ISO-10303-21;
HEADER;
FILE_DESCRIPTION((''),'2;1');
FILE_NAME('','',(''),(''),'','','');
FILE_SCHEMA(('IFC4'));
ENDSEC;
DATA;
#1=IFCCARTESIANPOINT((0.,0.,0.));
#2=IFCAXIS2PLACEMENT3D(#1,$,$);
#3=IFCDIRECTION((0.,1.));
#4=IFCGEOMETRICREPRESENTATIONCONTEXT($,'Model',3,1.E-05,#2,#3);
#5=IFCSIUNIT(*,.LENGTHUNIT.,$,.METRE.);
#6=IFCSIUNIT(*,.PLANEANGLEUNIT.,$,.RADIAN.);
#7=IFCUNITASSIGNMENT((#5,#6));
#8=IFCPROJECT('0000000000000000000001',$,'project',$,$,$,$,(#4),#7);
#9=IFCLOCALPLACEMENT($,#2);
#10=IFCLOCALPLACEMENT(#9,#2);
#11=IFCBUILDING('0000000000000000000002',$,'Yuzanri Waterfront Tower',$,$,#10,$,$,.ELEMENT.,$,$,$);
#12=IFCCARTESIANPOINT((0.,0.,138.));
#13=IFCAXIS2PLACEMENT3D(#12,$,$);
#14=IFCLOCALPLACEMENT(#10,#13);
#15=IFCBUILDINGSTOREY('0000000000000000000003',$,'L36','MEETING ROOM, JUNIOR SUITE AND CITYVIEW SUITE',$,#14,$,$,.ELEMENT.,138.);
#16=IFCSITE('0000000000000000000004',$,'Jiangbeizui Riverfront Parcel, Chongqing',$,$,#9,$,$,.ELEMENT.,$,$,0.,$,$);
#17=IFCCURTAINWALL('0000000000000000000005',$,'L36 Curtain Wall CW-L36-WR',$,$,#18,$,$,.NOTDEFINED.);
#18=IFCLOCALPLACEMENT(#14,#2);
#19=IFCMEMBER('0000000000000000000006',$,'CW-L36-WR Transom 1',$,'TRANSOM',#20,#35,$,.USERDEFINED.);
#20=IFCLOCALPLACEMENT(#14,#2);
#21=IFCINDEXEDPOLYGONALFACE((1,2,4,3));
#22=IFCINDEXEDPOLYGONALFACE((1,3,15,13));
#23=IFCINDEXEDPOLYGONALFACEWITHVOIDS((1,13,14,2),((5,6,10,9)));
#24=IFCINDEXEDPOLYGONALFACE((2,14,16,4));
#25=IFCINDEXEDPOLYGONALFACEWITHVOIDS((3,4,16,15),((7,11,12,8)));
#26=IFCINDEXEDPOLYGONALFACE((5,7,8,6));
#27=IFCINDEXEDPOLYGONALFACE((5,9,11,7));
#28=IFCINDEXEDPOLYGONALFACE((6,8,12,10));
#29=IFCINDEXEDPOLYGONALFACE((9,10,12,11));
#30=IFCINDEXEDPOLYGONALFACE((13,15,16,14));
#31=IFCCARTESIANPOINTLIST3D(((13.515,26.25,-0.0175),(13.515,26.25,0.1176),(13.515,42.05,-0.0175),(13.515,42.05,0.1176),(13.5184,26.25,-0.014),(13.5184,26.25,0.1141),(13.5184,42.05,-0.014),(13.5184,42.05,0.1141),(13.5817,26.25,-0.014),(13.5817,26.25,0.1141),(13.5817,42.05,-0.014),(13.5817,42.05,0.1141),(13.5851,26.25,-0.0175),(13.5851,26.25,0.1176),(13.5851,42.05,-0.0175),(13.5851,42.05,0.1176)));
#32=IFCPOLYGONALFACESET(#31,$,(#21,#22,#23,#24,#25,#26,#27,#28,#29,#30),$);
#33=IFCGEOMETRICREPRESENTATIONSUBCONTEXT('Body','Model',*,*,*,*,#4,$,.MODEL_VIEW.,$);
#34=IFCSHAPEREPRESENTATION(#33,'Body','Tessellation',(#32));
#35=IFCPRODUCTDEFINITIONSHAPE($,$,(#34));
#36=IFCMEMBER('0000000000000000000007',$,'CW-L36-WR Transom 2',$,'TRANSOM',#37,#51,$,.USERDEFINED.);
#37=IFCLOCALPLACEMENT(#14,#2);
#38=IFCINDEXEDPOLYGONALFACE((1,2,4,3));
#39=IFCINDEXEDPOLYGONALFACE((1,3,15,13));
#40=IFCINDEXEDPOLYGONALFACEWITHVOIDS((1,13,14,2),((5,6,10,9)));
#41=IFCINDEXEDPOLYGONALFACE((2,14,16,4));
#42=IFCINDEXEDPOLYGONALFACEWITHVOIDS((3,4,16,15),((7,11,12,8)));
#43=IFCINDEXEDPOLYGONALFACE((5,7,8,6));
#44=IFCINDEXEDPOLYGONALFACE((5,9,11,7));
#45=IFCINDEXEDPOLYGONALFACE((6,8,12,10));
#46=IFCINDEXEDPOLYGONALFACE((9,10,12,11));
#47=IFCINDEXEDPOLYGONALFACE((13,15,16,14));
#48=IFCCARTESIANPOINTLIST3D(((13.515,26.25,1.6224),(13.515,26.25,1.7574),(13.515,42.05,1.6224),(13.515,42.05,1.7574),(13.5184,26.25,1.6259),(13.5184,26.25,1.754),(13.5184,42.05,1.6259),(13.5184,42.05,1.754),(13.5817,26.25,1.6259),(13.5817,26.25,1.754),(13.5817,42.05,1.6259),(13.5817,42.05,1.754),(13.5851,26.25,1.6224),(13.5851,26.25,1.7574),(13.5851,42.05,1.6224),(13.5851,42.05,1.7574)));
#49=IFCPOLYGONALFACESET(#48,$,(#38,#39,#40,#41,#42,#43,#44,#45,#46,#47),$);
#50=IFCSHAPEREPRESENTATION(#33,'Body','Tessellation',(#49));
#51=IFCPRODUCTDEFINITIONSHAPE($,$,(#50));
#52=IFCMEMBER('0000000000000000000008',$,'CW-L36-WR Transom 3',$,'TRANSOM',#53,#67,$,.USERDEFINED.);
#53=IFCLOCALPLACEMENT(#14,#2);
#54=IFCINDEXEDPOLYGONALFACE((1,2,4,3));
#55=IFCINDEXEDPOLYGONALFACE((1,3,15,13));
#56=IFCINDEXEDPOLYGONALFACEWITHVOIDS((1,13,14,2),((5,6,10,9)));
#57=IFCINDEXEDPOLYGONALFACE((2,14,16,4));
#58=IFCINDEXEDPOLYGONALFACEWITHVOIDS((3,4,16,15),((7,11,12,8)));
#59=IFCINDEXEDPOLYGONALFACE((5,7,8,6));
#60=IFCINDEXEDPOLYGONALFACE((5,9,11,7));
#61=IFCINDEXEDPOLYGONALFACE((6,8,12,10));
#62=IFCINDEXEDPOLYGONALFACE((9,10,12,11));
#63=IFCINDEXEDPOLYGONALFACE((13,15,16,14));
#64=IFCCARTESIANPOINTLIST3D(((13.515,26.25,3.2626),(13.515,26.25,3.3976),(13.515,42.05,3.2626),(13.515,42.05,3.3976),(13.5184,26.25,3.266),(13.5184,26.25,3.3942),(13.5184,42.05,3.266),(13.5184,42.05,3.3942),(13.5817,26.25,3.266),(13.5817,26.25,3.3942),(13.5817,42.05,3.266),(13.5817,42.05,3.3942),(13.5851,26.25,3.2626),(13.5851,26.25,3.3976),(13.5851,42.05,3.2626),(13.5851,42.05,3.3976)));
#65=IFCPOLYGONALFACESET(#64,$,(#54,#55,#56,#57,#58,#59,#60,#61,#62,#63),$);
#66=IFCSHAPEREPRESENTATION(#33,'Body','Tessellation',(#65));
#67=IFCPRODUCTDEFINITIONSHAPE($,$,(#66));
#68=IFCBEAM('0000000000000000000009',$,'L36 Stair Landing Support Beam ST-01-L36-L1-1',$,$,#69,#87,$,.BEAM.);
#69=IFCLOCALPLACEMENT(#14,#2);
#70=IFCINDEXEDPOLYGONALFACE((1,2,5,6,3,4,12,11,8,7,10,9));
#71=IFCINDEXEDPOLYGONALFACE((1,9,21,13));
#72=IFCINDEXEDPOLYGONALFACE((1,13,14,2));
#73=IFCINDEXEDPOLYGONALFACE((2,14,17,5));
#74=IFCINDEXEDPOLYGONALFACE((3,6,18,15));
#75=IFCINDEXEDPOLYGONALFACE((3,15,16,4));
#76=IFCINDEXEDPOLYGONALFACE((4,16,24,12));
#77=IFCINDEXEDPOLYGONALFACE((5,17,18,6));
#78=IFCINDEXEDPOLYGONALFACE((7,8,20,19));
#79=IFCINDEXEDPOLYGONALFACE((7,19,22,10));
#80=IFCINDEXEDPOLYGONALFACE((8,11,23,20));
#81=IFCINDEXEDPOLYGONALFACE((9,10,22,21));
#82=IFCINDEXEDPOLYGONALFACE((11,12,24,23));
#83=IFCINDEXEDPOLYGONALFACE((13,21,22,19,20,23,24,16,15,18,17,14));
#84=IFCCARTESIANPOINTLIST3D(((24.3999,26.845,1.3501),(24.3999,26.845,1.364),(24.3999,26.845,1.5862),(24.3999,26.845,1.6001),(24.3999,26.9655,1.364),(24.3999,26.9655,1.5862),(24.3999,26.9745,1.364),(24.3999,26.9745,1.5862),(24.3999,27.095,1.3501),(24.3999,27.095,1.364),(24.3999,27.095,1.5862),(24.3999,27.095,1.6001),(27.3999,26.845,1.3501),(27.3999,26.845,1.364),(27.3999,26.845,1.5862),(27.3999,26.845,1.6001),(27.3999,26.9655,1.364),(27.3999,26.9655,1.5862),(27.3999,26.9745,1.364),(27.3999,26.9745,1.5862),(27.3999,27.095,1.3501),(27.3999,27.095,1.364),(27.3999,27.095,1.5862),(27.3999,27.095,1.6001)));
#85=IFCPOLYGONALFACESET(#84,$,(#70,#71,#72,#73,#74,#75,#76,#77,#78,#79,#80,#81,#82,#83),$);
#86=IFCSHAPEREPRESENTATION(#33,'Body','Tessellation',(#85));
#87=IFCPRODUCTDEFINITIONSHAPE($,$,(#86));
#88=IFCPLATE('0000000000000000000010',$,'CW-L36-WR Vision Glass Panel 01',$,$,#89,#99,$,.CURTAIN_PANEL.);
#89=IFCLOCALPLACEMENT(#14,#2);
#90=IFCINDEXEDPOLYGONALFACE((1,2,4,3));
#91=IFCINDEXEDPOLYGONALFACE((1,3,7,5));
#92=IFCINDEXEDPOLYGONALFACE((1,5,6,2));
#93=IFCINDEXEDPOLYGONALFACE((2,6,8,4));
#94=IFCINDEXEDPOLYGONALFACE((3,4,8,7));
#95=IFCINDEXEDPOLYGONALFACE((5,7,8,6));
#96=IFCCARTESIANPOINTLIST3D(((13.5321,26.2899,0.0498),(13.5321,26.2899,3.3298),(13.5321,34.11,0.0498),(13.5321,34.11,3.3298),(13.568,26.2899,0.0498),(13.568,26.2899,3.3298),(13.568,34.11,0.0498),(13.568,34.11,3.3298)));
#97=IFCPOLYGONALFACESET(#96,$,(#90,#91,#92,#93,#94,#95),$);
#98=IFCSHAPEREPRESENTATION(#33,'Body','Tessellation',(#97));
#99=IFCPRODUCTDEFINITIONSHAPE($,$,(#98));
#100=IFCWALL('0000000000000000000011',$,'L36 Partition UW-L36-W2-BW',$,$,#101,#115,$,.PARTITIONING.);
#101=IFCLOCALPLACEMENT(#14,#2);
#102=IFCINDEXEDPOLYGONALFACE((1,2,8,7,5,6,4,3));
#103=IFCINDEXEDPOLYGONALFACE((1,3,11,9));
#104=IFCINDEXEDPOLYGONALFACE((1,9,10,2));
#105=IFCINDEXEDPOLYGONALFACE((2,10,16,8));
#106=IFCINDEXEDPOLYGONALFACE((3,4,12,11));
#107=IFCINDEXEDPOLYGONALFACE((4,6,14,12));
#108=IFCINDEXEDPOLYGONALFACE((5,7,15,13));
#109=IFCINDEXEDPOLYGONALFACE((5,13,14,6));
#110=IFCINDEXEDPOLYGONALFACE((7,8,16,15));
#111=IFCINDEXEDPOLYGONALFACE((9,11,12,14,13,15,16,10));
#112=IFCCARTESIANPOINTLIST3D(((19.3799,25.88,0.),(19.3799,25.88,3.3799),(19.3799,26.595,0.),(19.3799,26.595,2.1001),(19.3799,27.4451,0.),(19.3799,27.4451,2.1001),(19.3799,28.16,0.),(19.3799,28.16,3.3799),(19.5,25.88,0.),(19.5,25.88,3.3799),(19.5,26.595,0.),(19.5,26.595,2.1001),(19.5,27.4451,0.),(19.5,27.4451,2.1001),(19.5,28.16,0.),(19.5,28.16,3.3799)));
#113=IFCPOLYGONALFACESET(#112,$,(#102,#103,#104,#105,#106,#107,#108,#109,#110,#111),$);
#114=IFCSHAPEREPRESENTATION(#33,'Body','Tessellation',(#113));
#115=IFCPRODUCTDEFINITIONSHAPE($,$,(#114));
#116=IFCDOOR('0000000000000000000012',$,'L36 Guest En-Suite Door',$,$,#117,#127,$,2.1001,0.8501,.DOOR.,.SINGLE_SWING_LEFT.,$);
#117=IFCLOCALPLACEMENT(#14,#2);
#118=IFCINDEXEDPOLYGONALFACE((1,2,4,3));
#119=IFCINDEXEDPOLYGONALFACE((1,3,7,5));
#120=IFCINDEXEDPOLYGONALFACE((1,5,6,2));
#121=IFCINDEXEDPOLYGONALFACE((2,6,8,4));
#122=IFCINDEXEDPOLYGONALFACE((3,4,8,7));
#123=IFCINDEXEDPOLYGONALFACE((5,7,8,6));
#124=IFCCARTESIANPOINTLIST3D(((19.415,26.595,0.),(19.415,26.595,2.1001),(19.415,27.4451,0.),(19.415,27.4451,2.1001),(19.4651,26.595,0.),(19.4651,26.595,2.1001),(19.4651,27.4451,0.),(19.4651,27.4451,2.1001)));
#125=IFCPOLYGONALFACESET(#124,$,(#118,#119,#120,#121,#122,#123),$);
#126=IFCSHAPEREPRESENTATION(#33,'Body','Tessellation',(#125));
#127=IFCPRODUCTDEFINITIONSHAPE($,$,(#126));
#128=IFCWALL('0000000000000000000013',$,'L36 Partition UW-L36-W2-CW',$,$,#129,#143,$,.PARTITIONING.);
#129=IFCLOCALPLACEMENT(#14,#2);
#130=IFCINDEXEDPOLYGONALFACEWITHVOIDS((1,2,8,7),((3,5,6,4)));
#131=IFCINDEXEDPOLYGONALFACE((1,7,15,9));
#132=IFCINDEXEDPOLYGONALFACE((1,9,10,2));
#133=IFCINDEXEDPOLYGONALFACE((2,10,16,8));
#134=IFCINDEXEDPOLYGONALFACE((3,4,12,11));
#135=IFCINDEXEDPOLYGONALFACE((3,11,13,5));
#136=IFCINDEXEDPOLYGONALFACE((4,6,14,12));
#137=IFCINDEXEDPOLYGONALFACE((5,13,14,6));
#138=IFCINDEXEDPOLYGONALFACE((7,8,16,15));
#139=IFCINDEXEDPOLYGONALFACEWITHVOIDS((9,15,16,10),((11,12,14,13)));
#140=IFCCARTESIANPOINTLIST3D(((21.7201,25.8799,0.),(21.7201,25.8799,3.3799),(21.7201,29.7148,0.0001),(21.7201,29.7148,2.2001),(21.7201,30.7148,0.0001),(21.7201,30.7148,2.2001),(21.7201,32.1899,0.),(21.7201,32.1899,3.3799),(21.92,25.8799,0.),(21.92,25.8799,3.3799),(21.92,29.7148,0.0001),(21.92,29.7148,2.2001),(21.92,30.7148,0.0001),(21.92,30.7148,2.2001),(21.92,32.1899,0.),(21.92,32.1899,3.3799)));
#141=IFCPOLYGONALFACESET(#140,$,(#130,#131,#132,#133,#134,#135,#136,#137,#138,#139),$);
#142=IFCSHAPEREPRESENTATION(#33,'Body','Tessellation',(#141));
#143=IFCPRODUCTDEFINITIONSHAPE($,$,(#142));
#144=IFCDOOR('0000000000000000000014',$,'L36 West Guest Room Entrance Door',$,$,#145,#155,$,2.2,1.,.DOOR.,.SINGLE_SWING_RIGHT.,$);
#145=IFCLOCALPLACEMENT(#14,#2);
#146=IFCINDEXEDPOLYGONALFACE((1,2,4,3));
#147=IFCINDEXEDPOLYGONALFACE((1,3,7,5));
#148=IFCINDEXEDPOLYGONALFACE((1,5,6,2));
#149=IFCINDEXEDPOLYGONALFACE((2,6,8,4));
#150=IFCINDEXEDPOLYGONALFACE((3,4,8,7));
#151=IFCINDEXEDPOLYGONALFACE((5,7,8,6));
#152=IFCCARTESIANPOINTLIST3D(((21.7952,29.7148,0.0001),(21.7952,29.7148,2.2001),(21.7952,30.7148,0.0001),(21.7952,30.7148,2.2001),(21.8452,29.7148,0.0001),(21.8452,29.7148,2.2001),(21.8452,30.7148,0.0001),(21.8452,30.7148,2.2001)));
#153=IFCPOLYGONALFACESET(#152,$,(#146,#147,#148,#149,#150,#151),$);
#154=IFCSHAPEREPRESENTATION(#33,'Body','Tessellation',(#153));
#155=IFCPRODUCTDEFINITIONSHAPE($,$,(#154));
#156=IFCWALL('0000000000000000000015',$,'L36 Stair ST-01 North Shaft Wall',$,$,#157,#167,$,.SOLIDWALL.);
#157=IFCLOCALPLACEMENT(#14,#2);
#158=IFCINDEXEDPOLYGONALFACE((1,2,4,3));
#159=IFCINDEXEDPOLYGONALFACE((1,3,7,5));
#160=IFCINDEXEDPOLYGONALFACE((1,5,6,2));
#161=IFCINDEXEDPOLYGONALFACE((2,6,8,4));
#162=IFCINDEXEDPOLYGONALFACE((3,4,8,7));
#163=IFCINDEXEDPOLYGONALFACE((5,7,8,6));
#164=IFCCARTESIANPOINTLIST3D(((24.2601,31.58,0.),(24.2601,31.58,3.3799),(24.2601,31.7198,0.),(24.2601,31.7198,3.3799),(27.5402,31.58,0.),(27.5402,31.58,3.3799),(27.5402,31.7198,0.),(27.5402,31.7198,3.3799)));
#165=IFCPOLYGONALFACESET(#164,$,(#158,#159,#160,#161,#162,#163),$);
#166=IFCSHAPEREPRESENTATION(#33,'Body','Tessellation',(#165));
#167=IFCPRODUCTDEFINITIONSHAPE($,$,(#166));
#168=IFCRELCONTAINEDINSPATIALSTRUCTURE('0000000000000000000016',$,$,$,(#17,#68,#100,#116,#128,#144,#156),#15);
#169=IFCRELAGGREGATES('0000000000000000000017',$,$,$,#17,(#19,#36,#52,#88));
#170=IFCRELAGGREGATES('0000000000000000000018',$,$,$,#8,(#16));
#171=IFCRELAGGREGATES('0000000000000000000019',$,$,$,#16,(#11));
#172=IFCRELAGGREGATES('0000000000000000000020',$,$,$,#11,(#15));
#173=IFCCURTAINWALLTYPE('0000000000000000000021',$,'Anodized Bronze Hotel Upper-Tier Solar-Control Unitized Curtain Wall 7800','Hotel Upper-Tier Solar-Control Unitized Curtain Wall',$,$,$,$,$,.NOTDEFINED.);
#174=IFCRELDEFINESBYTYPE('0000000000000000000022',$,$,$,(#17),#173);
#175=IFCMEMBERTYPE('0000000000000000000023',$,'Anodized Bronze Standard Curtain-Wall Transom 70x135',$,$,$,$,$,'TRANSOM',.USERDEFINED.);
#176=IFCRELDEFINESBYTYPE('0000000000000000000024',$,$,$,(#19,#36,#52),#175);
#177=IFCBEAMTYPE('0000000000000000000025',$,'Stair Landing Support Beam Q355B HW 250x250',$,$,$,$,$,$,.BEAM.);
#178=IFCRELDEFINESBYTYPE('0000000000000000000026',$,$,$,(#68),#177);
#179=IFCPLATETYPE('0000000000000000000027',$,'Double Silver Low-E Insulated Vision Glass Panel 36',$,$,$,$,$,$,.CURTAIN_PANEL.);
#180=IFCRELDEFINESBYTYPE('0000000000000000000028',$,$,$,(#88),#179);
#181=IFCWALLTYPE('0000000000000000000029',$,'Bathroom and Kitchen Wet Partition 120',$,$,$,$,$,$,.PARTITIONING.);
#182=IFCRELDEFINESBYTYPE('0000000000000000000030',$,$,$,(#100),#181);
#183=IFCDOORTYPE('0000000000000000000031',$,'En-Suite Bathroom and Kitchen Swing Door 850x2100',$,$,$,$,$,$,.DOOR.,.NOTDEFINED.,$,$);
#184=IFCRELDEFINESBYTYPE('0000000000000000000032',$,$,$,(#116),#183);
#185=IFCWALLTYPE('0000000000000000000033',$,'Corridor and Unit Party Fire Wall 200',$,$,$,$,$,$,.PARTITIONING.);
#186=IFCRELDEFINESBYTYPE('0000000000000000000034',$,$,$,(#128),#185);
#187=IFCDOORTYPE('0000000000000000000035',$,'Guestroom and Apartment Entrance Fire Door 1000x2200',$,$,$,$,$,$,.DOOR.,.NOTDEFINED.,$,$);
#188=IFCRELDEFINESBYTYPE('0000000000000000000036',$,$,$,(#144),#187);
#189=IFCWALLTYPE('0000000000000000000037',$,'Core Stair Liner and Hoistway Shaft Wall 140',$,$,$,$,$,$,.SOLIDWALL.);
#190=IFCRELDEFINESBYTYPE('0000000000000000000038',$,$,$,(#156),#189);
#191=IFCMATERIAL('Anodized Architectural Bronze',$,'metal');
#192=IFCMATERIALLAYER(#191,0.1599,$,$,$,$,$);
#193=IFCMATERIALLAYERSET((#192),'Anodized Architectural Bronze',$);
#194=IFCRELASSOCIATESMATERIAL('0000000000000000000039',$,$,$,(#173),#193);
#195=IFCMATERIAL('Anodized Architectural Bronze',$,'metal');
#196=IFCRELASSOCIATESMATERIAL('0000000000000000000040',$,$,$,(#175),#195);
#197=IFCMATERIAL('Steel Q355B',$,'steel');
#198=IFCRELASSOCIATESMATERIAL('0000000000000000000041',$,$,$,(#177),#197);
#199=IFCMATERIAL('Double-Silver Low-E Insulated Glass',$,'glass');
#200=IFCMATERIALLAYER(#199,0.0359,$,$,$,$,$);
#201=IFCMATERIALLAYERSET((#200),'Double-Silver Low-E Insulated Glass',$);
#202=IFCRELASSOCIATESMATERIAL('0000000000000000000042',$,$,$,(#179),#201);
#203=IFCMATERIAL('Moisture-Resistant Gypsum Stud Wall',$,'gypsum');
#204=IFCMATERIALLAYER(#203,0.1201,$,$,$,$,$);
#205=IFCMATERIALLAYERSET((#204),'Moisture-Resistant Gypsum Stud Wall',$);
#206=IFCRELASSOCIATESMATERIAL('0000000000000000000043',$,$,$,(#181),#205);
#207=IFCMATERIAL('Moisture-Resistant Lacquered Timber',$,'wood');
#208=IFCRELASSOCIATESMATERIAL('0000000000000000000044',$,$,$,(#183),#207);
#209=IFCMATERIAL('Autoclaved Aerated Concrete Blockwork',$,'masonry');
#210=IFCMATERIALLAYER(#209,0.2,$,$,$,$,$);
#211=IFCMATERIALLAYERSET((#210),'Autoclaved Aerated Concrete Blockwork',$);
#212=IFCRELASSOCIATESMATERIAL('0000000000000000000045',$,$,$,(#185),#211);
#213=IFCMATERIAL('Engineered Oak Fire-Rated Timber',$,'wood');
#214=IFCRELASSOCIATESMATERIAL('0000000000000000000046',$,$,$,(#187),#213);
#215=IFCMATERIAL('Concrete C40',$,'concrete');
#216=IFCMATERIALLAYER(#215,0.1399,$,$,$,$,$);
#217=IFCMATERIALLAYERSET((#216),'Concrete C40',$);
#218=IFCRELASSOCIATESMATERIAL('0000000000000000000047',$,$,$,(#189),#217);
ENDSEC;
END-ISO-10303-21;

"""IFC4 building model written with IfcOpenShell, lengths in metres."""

from ifc_helpers import new_model, si_unit, direction, frame, frame_2d, origin, origin_2d, place, context, subcontext, project, spatial, rectangle, hollow_rectangle, i_section, extrude, source, transform, mapped, material, layer, layer_set, material_profile, profile_set, type_object, element, fill, aggregate, save


model = new_model("IFC4")

# Units and contexts
model_context = context("Model", 3, precision=1e-05, world=origin(), true_north=direction((0.0, 1.0)))
body_context = subcontext(model_context, "Body", "Model", "MODEL_VIEW")
ifc_project = project(units=[si_unit("LENGTHUNIT", "METRE"), si_unit("PLANEANGLEUNIT", "RADIAN")], contexts=[model_context])

# Site, building, storey
site_placement = place(None, origin())
site = spatial("IfcSite", under=ifc_project, at=site_placement, Name="Jiangbeizui Riverfront Parcel, Chongqing", CompositionType="ELEMENT", RefElevation=0.0)
building_placement = place(site_placement, origin())
building = spatial("IfcBuilding", under=site, at=building_placement, Name="Yuzanri Waterfront Tower", CompositionType="ELEMENT")
storey_placement = place(building_placement, frame((0.0, 0.0, 138.0)))
storey = spatial("IfcBuildingStorey", under=building, at=storey_placement, Name="L36", Description="MEETING ROOM, JUNIOR SUITE AND CITYVIEW SUITE", CompositionType="ELEMENT", Elevation=138.0)

# Curtain wall, members
ifc_material_1 = material(Name="Anodized Architectural Bronze", Category="metal")
ifc_layer_1 = layer(ifc_material_1, 0.1599)
ifc_layer_set_1 = layer_set([ifc_layer_1], Name="Anodized Architectural Bronze")
curtain_wall_type = type_object("IfcCurtainWallType", Name="Anodized Bronze Hotel Upper-Tier Solar-Control Unitized Curtain Wall 7800", Description="Hotel Upper-Tier Solar-Control Unitized Curtain Wall", PredefinedType="NOTDEFINED", material=ifc_layer_set_1)
curtain_wall_1_placement = place(storey_placement, origin())
curtain_wall_1 = element("IfcCurtainWall", 1, at=curtain_wall_1_placement, inside=storey, type_object=curtain_wall_type, Name="L36 Curtain Wall CW-L36-WR", PredefinedType="NOTDEFINED")
ifc_material_2 = material(Name="Anodized Architectural Bronze", Category="metal")
ifc_material_profile_1 = material_profile(ifc_material_2, hollow_rectangle(XDim=0.0701, YDim=0.135, WallThickness=0.0034, at=origin_2d()), Name="CWT 70x135")
ifc_profile_set_1 = profile_set([ifc_material_profile_1], Name="Anodized Architectural Bronze")
member_type_1 = type_object("IfcMemberType", Name="Anodized Bronze Standard Curtain-Wall Transom 70x135", ElementType="TRANSOM", PredefinedType="USERDEFINED", material=ifc_profile_set_1)
shared_shape_1 = source(origin(), body_context, "Body", "SweptSolid", [
    extrude(hollow_rectangle(XDim=0.0701, YDim=0.135, WallThickness=0.0034, at=origin_2d()), origin(), (0.0, 0.0, 1.0), 15.8),
])
member_1_placement = place(storey_placement, frame((13.55, 26.25, 0.05), z_axis=(0.0, 1.0, 0.0), x_axis=(-1.0, 0.0, 0.0)))
member_1 = element("IfcMember", 2, at=member_1_placement, type_object=member_type_1, Name="CW-L36-WR Transom 1", ObjectType="TRANSOM", PredefinedType="USERDEFINED", context=body_context, shape_type="MappedRepresentation", body=[
    mapped(shared_shape_1, transform((0.0, 0.0, 0.0), scale=1.0)),
])
member_2_placement = place(storey_placement, frame((13.55, 26.25, 1.6899), z_axis=(0.0, 1.0, 0.0), x_axis=(-1.0, 0.0, 0.0)))
member_2 = element("IfcMember", 3, at=member_2_placement, type_object=member_type_1, Name="CW-L36-WR Transom 2", ObjectType="TRANSOM", PredefinedType="USERDEFINED", context=body_context, shape_type="MappedRepresentation", body=[
    mapped(shared_shape_1, transform((0.0, 0.0, 0.0), scale=1.0)),
])
member_3_placement = place(storey_placement, frame((13.55, 26.25, 3.3301), z_axis=(0.0, 1.0, 0.0), x_axis=(-1.0, 0.0, 0.0)))
member_3 = element("IfcMember", 4, at=member_3_placement, type_object=member_type_1, Name="CW-L36-WR Transom 3", ObjectType="TRANSOM", PredefinedType="USERDEFINED", context=body_context, shape_type="MappedRepresentation", body=[
    mapped(shared_shape_1, transform((0.0, 0.0, 0.0), scale=1.0)),
])

# Beam
ifc_material_3 = material(Name="Steel Q355B", Category="steel")
ifc_material_profile_2 = material_profile(ifc_material_3, i_section(OverallWidth=0.25, OverallDepth=0.25, WebThickness=0.009, FlangeThickness=0.0139, at=origin_2d()), Name="HW 250x250x9x14")
ifc_profile_set_2 = profile_set([ifc_material_profile_2], Name="Steel Q355B")
beam_type_1 = type_object("IfcBeamType", Name="Stair Landing Support Beam Q355B HW 250x250", PredefinedType="BEAM", material=ifc_profile_set_2)
shared_shape_2 = source(origin(), body_context, "Body", "SweptSolid", [
    extrude(i_section(OverallWidth=0.25, OverallDepth=0.25, WebThickness=0.009, FlangeThickness=0.0139, at=origin_2d()), origin(), (0.0, 0.0, 1.0), 3.0),
])
beam_1_placement = place(storey_placement, frame((24.3999, 26.97, 1.4751), z_axis=(1.0, 0.0, 0.0), x_axis=(0.0, 1.0, 0.0)))
element("IfcBeam", 5, at=beam_1_placement, inside=storey, type_object=beam_type_1, Name="L36 Stair Landing Support Beam ST-01-L36-L1-1", PredefinedType="BEAM", context=body_context, shape_type="MappedRepresentation", body=[
    mapped(shared_shape_2, transform((0.0, 0.0, 0.0), scale=1.0)),
])

# Plate
ifc_material_4 = material(Name="Double-Silver Low-E Insulated Glass", Category="glass")
ifc_layer_2 = layer(ifc_material_4, 0.0359)
ifc_layer_set_2 = layer_set([ifc_layer_2], Name="Double-Silver Low-E Insulated Glass")
plate_type = type_object("IfcPlateType", Name="Double Silver Low-E Insulated Vision Glass Panel 36", PredefinedType="CURTAIN_PANEL", material=ifc_layer_set_2)
shared_shape_3 = source(origin(), body_context, "Body", "SweptSolid", [
    extrude(rectangle(XDim=7.8201, YDim=0.0359, at=origin_2d()), origin(), (0.0, 0.0, 1.0), 3.28),
])
plate_placement = place(storey_placement, frame((13.55, 30.2, 0.0498), z_axis=(0.0, 0.0, 1.0), x_axis=(0.0, 1.0, 0.0)))
plate = element("IfcPlate", 6, at=plate_placement, type_object=plate_type, Name="CW-L36-WR Vision Glass Panel 01", PredefinedType="CURTAIN_PANEL", context=body_context, shape_type="MappedRepresentation", body=[
    mapped(shared_shape_3, transform((0.0, 0.0, 0.0), scale=1.0)),
])
aggregate(curtain_wall_1, [member_1, member_2, member_3, plate])

# Wall, opening, door
ifc_material_5 = material(Name="Moisture-Resistant Gypsum Stud Wall", Category="gypsum")
ifc_layer_3 = layer(ifc_material_5, 0.1201)
ifc_layer_set_3 = layer_set([ifc_layer_3], Name="Moisture-Resistant Gypsum Stud Wall")
wall_type_1 = type_object("IfcWallType", Name="Bathroom and Kitchen Wet Partition 120", PredefinedType="PARTITIONING", material=ifc_layer_set_3)
wall_1_placement = place(storey_placement, frame((19.4399, 25.8799, 0.0), z_axis=(0.0, 0.0, 1.0), x_axis=(0.0, 1.0, 0.0)))
wall_1 = element("IfcWall", 7, at=wall_1_placement, inside=storey, type_object=wall_type_1, Name="L36 Partition UW-L36-W2-BW", PredefinedType="PARTITIONING", context=body_context, shape_type="SweptSolid", body=[
    extrude(rectangle(XDim=2.28, YDim=0.1201, at=frame_2d((1.1401, 0.0))), origin(), (0.0, 0.0, 1.0), 3.3799),
])
opening_1_placement = place(wall_1_placement, frame((0.7151, 0.0, 0.0)))
opening_1 = element("IfcOpeningElement", 8, at=opening_1_placement, cuts=wall_1, PredefinedType="OPENING", context=body_context, shape_type="SweptSolid", body=[
    extrude(rectangle(XDim=0.8501, YDim=2.1001, at=frame_2d((0.425, 1.05))), frame((0.0, 0.075, 0.0), z_axis=(0.0, -1.0, 0.0), x_axis=(1.0, 0.0, 0.0)), (0.0, 0.0, 1.0), 0.1499),
])
ifc_material_6 = material(Name="Moisture-Resistant Lacquered Timber", Category="wood")
door_type_1 = type_object("IfcDoorType", Name="En-Suite Bathroom and Kitchen Swing Door 850x2100", OperationType="NOTDEFINED", PredefinedType="DOOR", material=ifc_material_6)
shared_shape_4 = source(origin(), body_context, "Body", "SweptSolid", [
    extrude(rectangle(XDim=0.8501, YDim=2.1001, at=frame_2d((0.425, 1.05))), frame((0.0, 0.0249, 0.0), z_axis=(0.0, -1.0, 0.0), x_axis=(1.0, 0.0, 0.0)), (0.0, 0.0, 1.0), 0.05),
])
door_1_placement = place(opening_1_placement, origin())
door_1 = element("IfcDoor", 9, at=door_1_placement, inside=storey, type_object=door_type_1, Name="L36 Guest En-Suite Door", OperationType="SINGLE_SWING_LEFT", OverallHeight=2.1001, OverallWidth=0.8501, PredefinedType="DOOR", context=body_context, shape_type="MappedRepresentation", body=[
    mapped(shared_shape_4, transform((0.0, 0.0, 0.0), scale=1.0)),
])
fill(opening_1, door_1)

# Wall, opening, door
ifc_material_7 = material(Name="Autoclaved Aerated Concrete Blockwork", Category="masonry")
ifc_layer_4 = layer(ifc_material_7, 0.2)
ifc_layer_set_4 = layer_set([ifc_layer_4], Name="Autoclaved Aerated Concrete Blockwork")
wall_type_2 = type_object("IfcWallType", Name="Corridor and Unit Party Fire Wall 200", PredefinedType="PARTITIONING", material=ifc_layer_set_4)
wall_2_placement = place(storey_placement, frame((21.8201, 25.8799, 0.0), z_axis=(0.0, 0.0, 1.0), x_axis=(0.0, 1.0, 0.0)))
wall_2 = element("IfcWall", 10, at=wall_2_placement, inside=storey, type_object=wall_type_2, Name="L36 Partition UW-L36-W2-CW", PredefinedType="PARTITIONING", context=body_context, shape_type="SweptSolid", body=[
    extrude(rectangle(XDim=6.3101, YDim=0.2, at=frame_2d((3.155, 0.0))), origin(), (0.0, 0.0, 1.0), 3.3799),
])
opening_2_placement = place(wall_2_placement, frame((3.835, 0.0, 0.0)))
opening_2 = element("IfcOpeningElement", 11, at=opening_2_placement, cuts=wall_2, PredefinedType="OPENING", context=body_context, shape_type="SweptSolid", body=[
    extrude(rectangle(XDim=1.0, YDim=2.2, at=frame_2d((0.5, 1.1001))), frame((0.0, 0.1147, 0.0), z_axis=(0.0, -1.0, 0.0), x_axis=(1.0, 0.0, 0.0)), (0.0, 0.0, 1.0), 0.2297),
])
ifc_material_8 = material(Name="Engineered Oak Fire-Rated Timber", Category="wood")
door_type_2 = type_object("IfcDoorType", Name="Guestroom and Apartment Entrance Fire Door 1000x2200", OperationType="NOTDEFINED", PredefinedType="DOOR", material=ifc_material_8)
shared_shape_5 = source(origin(), body_context, "Body", "SweptSolid", [
    extrude(rectangle(XDim=1.0, YDim=2.2, at=frame_2d((0.5, 1.1001))), frame((0.0, 0.0249, 0.0), z_axis=(0.0, -1.0, 0.0), x_axis=(1.0, 0.0, 0.0)), (0.0, 0.0, 1.0), 0.05),
])
door_2_placement = place(opening_2_placement, origin())
door_2 = element("IfcDoor", 12, at=door_2_placement, inside=storey, type_object=door_type_2, Name="L36 West Guest Room Entrance Door", OperationType="SINGLE_SWING_RIGHT", OverallHeight=2.2, OverallWidth=1.0, PredefinedType="DOOR", context=body_context, shape_type="MappedRepresentation", body=[
    mapped(shared_shape_5, transform((0.0, 0.0, 0.0), scale=1.0)),
])
fill(opening_2, door_2)

# Wall
ifc_material_9 = material(Name="Concrete C40", Category="concrete")
ifc_layer_5 = layer(ifc_material_9, 0.1399)
ifc_layer_set_5 = layer_set([ifc_layer_5], Name="Concrete C40")
wall_type_3 = type_object("IfcWallType", Name="Core Stair Liner and Hoistway Shaft Wall 140", PredefinedType="SOLIDWALL", material=ifc_layer_set_5)
shared_shape_6 = source(origin(), body_context, "Body", "SweptSolid", [
    extrude(rectangle(XDim=3.28, YDim=0.1399, at=frame_2d((1.6401, 0.0))), origin(), (0.0, 0.0, 1.0), 3.3799),
])
wall_3_placement = place(storey_placement, frame((24.26, 31.6499, 0.0), z_axis=(0.0, 0.0, 1.0), x_axis=(1.0, 0.0, 0.0)))
element("IfcWall", 13, at=wall_3_placement, inside=storey, type_object=wall_type_3, Name="L36 Stair ST-01 North Shaft Wall", PredefinedType="SOLIDWALL", context=body_context, shape_type="MappedRepresentation", body=[
    mapped(shared_shape_6, transform((0.0, 0.0, 0.0), scale=1.0)),
])

save(model, "model.ifc")
